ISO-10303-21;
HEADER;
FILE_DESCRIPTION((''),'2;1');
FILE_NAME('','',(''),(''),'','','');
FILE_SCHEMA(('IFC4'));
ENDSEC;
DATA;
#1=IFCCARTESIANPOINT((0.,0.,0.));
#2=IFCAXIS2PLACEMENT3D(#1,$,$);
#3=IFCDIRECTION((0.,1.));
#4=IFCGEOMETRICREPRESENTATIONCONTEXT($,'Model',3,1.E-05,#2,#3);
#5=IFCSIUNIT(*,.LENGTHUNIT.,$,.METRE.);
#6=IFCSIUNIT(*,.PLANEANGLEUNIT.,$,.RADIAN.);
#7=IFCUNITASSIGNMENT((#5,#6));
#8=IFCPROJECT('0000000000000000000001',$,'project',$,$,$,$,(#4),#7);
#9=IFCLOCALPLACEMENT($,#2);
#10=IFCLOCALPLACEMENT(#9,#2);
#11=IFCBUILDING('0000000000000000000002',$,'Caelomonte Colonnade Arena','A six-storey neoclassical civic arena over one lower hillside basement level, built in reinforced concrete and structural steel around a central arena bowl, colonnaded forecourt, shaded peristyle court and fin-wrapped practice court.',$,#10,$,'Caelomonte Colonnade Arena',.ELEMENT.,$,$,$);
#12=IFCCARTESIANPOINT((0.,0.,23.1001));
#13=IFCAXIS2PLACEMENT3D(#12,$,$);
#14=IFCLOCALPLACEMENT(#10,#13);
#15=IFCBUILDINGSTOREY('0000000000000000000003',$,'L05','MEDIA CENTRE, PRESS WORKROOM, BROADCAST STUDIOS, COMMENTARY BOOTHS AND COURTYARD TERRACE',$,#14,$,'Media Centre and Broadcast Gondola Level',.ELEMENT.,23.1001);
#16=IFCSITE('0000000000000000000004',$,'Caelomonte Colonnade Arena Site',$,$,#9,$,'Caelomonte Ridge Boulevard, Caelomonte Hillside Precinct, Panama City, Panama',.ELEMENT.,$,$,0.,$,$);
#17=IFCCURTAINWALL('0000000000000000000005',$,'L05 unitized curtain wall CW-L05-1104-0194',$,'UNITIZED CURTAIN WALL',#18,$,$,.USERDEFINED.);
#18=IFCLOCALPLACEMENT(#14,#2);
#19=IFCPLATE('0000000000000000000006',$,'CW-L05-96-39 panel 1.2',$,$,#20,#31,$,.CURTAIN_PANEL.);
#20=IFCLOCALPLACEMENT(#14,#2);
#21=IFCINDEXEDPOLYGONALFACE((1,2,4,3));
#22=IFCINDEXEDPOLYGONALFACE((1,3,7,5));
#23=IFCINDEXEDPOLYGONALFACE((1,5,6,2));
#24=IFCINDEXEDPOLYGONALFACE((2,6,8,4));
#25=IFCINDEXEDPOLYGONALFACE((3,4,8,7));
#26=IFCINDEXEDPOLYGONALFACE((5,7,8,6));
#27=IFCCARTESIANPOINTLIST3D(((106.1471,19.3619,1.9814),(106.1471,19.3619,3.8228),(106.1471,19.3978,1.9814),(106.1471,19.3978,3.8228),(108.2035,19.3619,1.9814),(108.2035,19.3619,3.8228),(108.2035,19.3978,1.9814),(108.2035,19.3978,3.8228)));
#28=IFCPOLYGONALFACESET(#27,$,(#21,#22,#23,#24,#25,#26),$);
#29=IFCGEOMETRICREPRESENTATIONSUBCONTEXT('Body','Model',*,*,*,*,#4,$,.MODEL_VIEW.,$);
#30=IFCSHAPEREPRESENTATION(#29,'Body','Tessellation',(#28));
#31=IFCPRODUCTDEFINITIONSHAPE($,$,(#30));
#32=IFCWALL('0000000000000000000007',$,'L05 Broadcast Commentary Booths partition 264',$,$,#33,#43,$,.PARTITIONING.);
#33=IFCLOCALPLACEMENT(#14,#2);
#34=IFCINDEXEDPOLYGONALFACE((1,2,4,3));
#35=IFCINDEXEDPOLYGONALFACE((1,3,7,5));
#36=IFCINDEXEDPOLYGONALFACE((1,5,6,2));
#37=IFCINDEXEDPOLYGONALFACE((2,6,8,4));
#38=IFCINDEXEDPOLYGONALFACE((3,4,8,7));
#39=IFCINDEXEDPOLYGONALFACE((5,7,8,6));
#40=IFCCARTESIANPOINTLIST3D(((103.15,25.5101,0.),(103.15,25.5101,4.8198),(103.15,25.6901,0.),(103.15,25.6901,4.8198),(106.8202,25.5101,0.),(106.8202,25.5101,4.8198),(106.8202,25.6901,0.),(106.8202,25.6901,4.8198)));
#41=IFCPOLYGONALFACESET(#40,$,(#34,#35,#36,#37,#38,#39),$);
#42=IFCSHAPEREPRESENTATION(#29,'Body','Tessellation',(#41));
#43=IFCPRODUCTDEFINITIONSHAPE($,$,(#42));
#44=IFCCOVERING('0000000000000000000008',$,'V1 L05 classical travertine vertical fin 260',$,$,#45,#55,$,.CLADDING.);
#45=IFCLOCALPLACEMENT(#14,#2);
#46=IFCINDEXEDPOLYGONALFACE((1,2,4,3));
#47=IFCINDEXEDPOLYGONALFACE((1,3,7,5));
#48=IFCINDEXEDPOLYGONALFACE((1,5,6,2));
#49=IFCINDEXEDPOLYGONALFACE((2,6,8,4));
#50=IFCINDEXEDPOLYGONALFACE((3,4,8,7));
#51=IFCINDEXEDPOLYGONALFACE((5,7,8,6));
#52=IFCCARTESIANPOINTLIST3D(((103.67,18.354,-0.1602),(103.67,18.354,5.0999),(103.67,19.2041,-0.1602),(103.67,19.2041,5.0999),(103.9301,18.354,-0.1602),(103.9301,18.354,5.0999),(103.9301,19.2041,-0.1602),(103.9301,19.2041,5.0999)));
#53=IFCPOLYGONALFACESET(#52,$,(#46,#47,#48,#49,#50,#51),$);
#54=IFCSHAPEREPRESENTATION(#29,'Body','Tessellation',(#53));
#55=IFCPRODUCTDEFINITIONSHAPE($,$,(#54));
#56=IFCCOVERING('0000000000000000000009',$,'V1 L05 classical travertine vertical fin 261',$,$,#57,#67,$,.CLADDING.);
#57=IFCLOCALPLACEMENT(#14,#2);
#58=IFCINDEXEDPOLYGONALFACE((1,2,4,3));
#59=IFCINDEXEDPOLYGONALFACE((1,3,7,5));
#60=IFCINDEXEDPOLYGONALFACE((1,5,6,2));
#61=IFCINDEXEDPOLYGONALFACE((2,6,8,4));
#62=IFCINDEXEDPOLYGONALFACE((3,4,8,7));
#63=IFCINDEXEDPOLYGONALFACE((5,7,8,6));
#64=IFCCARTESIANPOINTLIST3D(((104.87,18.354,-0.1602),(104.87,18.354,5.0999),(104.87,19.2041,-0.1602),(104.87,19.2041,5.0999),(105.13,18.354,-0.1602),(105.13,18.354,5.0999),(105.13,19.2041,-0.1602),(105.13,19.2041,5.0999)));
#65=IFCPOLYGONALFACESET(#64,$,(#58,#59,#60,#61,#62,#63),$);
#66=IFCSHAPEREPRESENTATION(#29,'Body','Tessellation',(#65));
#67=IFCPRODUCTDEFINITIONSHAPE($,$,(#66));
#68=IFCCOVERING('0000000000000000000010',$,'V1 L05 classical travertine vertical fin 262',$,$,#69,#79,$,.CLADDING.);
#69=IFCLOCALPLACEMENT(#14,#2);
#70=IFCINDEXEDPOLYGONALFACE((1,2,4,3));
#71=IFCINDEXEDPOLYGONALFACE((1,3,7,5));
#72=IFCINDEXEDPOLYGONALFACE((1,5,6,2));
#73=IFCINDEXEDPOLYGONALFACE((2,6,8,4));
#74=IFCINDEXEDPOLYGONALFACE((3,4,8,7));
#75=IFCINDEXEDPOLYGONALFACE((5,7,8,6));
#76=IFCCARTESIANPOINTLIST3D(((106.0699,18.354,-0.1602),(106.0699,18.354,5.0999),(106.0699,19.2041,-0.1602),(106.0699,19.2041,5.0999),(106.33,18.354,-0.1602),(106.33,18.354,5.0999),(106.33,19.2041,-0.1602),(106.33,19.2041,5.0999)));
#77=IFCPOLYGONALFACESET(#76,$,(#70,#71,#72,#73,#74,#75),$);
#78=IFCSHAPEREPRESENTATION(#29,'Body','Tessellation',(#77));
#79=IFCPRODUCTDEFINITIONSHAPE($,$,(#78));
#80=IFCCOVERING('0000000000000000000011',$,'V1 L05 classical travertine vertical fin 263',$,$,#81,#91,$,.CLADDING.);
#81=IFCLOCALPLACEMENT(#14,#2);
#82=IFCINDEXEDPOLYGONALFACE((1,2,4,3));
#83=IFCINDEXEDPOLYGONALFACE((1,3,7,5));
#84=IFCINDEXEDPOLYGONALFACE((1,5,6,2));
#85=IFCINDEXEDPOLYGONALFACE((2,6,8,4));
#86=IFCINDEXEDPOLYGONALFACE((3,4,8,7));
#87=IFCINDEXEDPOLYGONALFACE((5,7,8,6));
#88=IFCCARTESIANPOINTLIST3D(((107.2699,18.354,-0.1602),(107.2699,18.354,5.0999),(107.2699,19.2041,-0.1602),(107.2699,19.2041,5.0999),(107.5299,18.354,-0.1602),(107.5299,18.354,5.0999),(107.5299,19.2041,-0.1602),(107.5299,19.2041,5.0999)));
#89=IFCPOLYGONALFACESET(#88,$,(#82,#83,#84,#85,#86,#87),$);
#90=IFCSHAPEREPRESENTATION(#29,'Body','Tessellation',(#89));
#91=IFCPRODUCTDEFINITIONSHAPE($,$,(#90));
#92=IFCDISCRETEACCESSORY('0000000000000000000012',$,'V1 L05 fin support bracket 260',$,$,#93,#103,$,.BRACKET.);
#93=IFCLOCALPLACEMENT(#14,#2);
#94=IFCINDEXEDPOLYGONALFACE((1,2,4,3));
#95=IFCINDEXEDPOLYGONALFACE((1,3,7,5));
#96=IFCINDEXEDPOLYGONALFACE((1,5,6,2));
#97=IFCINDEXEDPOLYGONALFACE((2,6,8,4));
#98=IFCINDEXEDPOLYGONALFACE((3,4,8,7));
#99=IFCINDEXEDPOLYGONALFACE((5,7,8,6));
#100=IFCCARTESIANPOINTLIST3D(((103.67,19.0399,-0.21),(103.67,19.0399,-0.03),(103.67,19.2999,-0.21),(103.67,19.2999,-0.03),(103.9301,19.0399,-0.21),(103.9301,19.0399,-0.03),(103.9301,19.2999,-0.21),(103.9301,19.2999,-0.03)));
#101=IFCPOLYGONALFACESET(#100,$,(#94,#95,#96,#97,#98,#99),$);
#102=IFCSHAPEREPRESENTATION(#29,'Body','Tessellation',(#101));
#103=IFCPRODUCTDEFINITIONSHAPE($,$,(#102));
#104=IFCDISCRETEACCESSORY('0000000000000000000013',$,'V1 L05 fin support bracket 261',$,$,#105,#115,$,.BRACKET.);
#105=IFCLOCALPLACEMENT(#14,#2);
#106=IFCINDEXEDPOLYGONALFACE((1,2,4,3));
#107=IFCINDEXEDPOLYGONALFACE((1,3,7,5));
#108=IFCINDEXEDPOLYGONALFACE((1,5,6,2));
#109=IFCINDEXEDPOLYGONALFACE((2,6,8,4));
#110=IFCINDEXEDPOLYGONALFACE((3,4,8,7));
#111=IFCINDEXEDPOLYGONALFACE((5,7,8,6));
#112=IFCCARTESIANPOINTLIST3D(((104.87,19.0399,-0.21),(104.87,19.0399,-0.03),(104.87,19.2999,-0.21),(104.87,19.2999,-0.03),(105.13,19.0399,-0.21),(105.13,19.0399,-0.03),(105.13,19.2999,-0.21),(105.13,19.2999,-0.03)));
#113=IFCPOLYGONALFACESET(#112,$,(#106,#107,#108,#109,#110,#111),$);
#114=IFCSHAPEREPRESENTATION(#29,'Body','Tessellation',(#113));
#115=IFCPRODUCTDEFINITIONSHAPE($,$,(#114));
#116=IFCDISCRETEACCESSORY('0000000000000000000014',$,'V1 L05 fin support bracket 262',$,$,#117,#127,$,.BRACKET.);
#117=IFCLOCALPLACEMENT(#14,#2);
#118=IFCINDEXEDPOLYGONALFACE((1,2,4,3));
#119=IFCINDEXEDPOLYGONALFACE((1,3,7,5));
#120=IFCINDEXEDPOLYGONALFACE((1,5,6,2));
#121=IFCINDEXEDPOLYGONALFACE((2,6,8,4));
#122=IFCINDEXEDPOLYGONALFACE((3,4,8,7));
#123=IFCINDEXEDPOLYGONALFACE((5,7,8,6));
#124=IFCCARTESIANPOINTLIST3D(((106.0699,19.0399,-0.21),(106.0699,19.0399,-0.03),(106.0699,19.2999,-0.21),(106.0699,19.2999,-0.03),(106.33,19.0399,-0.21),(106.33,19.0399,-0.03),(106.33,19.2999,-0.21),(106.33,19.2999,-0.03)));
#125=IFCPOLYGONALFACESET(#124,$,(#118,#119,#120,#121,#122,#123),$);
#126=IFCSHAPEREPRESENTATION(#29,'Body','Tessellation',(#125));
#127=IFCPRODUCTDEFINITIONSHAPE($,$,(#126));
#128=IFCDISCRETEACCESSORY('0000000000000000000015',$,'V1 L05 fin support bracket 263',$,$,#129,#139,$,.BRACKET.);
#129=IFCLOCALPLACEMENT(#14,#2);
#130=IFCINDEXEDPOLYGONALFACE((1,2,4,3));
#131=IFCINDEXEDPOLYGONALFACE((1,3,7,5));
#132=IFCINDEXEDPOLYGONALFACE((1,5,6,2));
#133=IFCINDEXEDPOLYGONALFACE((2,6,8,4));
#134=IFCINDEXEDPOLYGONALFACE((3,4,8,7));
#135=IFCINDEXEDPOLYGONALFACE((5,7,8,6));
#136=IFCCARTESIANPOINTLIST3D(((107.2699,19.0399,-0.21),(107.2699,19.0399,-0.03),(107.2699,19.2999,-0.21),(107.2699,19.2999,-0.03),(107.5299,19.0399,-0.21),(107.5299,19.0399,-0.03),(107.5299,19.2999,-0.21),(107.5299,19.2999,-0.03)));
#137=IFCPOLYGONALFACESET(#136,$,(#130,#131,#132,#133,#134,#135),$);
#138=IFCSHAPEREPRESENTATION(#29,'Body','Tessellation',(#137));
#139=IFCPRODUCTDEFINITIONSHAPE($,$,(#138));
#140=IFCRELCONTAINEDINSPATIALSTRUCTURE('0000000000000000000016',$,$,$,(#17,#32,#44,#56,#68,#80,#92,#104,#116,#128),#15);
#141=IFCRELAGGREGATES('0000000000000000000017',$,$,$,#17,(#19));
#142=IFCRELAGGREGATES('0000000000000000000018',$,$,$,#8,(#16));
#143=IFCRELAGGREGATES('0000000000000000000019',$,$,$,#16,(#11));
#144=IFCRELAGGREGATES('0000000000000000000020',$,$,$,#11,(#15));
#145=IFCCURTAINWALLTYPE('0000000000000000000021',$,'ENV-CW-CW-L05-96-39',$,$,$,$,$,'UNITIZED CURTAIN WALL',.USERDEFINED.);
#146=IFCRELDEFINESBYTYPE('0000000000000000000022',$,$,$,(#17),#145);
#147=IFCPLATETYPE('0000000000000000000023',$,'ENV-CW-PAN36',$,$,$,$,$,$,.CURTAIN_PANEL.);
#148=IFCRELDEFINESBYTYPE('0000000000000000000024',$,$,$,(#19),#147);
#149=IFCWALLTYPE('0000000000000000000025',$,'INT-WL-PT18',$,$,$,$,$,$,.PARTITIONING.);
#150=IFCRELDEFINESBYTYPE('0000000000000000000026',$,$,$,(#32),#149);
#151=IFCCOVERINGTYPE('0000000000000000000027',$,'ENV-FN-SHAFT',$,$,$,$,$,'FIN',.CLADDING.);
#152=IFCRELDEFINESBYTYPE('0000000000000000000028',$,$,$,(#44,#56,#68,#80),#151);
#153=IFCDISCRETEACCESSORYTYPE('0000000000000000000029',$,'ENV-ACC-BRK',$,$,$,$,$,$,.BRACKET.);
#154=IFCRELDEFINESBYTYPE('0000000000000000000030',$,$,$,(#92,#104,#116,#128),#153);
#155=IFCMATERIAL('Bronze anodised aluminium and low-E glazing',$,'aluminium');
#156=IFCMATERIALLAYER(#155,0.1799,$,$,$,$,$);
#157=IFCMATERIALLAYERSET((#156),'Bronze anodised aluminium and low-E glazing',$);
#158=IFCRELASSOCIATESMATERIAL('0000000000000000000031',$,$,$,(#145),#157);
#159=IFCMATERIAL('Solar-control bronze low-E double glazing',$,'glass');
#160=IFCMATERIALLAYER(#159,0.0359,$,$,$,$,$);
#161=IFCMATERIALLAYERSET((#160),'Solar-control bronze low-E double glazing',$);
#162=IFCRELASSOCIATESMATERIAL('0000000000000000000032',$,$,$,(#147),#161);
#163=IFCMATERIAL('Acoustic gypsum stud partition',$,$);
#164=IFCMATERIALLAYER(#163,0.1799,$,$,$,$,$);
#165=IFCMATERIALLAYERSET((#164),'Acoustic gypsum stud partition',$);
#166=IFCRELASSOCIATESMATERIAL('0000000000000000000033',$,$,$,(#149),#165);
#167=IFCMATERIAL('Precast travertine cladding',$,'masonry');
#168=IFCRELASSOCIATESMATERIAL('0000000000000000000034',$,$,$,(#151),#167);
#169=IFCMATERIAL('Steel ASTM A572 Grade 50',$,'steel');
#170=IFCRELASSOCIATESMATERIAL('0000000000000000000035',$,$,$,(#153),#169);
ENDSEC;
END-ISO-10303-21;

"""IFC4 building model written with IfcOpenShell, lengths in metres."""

from ifc_helpers import new_model, si_unit, direction, frame, frame_2d, origin, origin_2d, place, context, subcontext, project, spatial, rectangle, extrude, material, layer, layer_set, material_profile, profile_set, type_object, element, aggregate, save


model = new_model("IFC4")

# Units and contexts
model_context = context("Model", 3, precision=1e-05, world=origin(), true_north=direction((0.0, 1.0)))
body_context = subcontext(model_context, "Body", "Model", "MODEL_VIEW")
ifc_project = project(units=[si_unit("LENGTHUNIT", "METRE"), si_unit("PLANEANGLEUNIT", "RADIAN")], contexts=[model_context])

# Site, building, storey
site_placement = place(None, origin())
site = spatial("IfcSite", under=ifc_project, at=site_placement, Name="Caelomonte Colonnade Arena Site", LongName="Caelomonte Ridge Boulevard, Caelomonte Hillside Precinct, Panama City, Panama", CompositionType="ELEMENT", RefElevation=0.0)
building_placement = place(site_placement, origin())
building = spatial("IfcBuilding", under=site, at=building_placement, Name="Caelomonte Colonnade Arena", Description="A six-storey neoclassical civic arena over one lower hillside basement level, built in reinforced concrete and structural steel around a central arena bowl, colonnaded forecourt, shaded peristyle court and fin-wrapped practice court.", LongName="Caelomonte Colonnade Arena", CompositionType="ELEMENT")
storey_placement = place(building_placement, frame((0.0, 0.0, 23.1001)))
storey = spatial("IfcBuildingStorey", under=building, at=storey_placement, Name="L05", Description="MEDIA CENTRE, PRESS WORKROOM, BROADCAST STUDIOS, COMMENTARY BOOTHS AND COURTYARD TERRACE", LongName="Media Centre and Broadcast Gondola Level", CompositionType="ELEMENT", Elevation=23.1001)

# Shared definitions
ifc_material_1 = material(Name="Bronze anodised aluminium and low-E glazing", Category="aluminium")
ifc_layer_1 = layer(ifc_material_1, 0.1799)
ifc_layer_set_1 = layer_set([ifc_layer_1], Name="Bronze anodised aluminium and low-E glazing")
curtain_wall_type = type_object("IfcCurtainWallType", Name="ENV-CW-CW-L05-96-39", ElementType="UNITIZED CURTAIN WALL", PredefinedType="USERDEFINED", material=ifc_layer_set_1)

# Curtain wall
curtain_wall_1_placement = place(storey_placement, origin())
curtain_wall_1 = element("IfcCurtainWall", 1, at=curtain_wall_1_placement, inside=storey, type_object=curtain_wall_type, Name="L05 unitized curtain wall CW-L05-1104-0194", ObjectType="UNITIZED CURTAIN WALL", PredefinedType="USERDEFINED")

# Plate
ifc_material_2 = material(Name="Solar-control bronze low-E double glazing", Category="glass")
ifc_layer_2 = layer(ifc_material_2, 0.0359)
ifc_layer_set_2 = layer_set([ifc_layer_2], Name="Solar-control bronze low-E double glazing")
plate_type = type_object("IfcPlateType", Name="ENV-CW-PAN36", PredefinedType="CURTAIN_PANEL", material=ifc_layer_set_2)
plate_1_placement = place(storey_placement, frame((107.1753, 19.3799, 1.9814), z_axis=(0.0, 0.0, 1.0), x_axis=(1.0, 0.0, 0.0)))
plate_1 = element("IfcPlate", 2, at=plate_1_placement, type_object=plate_type, Name="CW-L05-96-39 panel 1.2", PredefinedType="CURTAIN_PANEL", context=body_context, shape_type="SweptSolid", body=[
    extrude(rectangle(XDim=2.0564, YDim=0.0359, at=origin_2d()), origin(), (0.0, 0.0, 1.0), 1.8413),
])
aggregate(curtain_wall_1, [plate_1])

# Wall
ifc_material_3 = material(Name="Acoustic gypsum stud partition")
ifc_layer_3 = layer(ifc_material_3, 0.1799)
ifc_layer_set_3 = layer_set([ifc_layer_3], Name="Acoustic gypsum stud partition")
wall_type = type_object("IfcWallType", Name="INT-WL-PT18", PredefinedType="PARTITIONING", material=ifc_layer_set_3)
wall_placement = place(storey_placement, frame((106.8201, 25.6001, 0.0), z_axis=(0.0, 0.0, 1.0), x_axis=(-1.0, 0.0, 0.0)))
element("IfcWall", 3, at=wall_placement, inside=storey, type_object=wall_type, Name="L05 Broadcast Commentary Booths partition 264", PredefinedType="PARTITIONING", context=body_context, shape_type="SweptSolid", body=[
    extrude(rectangle(XDim=3.6702, YDim=0.1799, at=frame_2d((1.835, 0.0))), origin(), (0.0, 0.0, 1.0), 4.8198),
])

# Coverings
ifc_material_4 = material(Name="Precast travertine cladding", Category="masonry")
ifc_material_profile_1 = material_profile(ifc_material_4, rectangle(XDim=0.26, YDim=0.8501, at=origin_2d()), Name="FIN260X850")
ifc_profile_set_1 = profile_set([ifc_material_profile_1], Name="Precast travertine cladding")
covering_type = type_object("IfcCoveringType", Name="ENV-FN-SHAFT", ElementType="FIN", PredefinedType="CLADDING", material=ifc_profile_set_1)
for number, where, z_axis, x_axis, name in (
    (4, (103.8, 18.7791, -0.1602), (0.0, 0.0, 1.0), (-1.0, 0.0, 0.0), "V1 L05 classical travertine vertical fin 260"),
    (5, (105.0, 18.7791, -0.1602), (0.0, 0.0, 1.0), (-1.0, 0.0, 0.0), "V1 L05 classical travertine vertical fin 261"),
    (6, (106.2, 18.7791, -0.1602), (0.0, 0.0, 1.0), (-1.0, 0.0, 0.0), "V1 L05 classical travertine vertical fin 262"),
    (7, (107.3999, 18.7791, -0.1602), (0.0, 0.0, 1.0), (-1.0, 0.0, 0.0), "V1 L05 classical travertine vertical fin 263"),
):
    element("IfcCovering", number, at=place(storey_placement, frame(where, z_axis=z_axis, x_axis=x_axis)), inside=storey, type_object=covering_type, Name=name, PredefinedType="CLADDING", context=body_context, shape_type="SweptSolid", body=[
        extrude(rectangle(XDim=0.26, YDim=0.8501, at=origin_2d()), origin(), (0.0, 0.0, 1.0), 5.26),
    ])

# Discrete accessories
ifc_material_5 = material(Name="Steel ASTM A572 Grade 50", Category="steel")
discrete_accessory_type = type_object("IfcDiscreteAccessoryType", Name="ENV-ACC-BRK", PredefinedType="BRACKET", material=ifc_material_5)
for number, where, z_axis, x_axis, name in (
    (8, (103.8, 19.1699, -0.21), (0.0, 0.0, 1.0), (1.0, 0.0, 0.0), "V1 L05 fin support bracket 260"),
    (9, (105.0, 19.1699, -0.21), (0.0, 0.0, 1.0), (1.0, 0.0, 0.0), "V1 L05 fin support bracket 261"),
    (10, (106.2, 19.1699, -0.21), (0.0, 0.0, 1.0), (1.0, 0.0, 0.0), "V1 L05 fin support bracket 262"),
    (11, (107.3999, 19.1699, -0.21), (0.0, 0.0, 1.0), (1.0, 0.0, 0.0), "V1 L05 fin support bracket 263"),
):
    element("IfcDiscreteAccessory", number, at=place(storey_placement, frame(where, z_axis=z_axis, x_axis=x_axis)), inside=storey, type_object=discrete_accessory_type, Name=name, PredefinedType="BRACKET", context=body_context, shape_type="SweptSolid", body=[
        extrude(rectangle(XDim=0.26, YDim=0.26, at=origin_2d()), origin(), (0.0, 0.0, 1.0), 0.1799),
    ])

save(model, "model.ifc")
